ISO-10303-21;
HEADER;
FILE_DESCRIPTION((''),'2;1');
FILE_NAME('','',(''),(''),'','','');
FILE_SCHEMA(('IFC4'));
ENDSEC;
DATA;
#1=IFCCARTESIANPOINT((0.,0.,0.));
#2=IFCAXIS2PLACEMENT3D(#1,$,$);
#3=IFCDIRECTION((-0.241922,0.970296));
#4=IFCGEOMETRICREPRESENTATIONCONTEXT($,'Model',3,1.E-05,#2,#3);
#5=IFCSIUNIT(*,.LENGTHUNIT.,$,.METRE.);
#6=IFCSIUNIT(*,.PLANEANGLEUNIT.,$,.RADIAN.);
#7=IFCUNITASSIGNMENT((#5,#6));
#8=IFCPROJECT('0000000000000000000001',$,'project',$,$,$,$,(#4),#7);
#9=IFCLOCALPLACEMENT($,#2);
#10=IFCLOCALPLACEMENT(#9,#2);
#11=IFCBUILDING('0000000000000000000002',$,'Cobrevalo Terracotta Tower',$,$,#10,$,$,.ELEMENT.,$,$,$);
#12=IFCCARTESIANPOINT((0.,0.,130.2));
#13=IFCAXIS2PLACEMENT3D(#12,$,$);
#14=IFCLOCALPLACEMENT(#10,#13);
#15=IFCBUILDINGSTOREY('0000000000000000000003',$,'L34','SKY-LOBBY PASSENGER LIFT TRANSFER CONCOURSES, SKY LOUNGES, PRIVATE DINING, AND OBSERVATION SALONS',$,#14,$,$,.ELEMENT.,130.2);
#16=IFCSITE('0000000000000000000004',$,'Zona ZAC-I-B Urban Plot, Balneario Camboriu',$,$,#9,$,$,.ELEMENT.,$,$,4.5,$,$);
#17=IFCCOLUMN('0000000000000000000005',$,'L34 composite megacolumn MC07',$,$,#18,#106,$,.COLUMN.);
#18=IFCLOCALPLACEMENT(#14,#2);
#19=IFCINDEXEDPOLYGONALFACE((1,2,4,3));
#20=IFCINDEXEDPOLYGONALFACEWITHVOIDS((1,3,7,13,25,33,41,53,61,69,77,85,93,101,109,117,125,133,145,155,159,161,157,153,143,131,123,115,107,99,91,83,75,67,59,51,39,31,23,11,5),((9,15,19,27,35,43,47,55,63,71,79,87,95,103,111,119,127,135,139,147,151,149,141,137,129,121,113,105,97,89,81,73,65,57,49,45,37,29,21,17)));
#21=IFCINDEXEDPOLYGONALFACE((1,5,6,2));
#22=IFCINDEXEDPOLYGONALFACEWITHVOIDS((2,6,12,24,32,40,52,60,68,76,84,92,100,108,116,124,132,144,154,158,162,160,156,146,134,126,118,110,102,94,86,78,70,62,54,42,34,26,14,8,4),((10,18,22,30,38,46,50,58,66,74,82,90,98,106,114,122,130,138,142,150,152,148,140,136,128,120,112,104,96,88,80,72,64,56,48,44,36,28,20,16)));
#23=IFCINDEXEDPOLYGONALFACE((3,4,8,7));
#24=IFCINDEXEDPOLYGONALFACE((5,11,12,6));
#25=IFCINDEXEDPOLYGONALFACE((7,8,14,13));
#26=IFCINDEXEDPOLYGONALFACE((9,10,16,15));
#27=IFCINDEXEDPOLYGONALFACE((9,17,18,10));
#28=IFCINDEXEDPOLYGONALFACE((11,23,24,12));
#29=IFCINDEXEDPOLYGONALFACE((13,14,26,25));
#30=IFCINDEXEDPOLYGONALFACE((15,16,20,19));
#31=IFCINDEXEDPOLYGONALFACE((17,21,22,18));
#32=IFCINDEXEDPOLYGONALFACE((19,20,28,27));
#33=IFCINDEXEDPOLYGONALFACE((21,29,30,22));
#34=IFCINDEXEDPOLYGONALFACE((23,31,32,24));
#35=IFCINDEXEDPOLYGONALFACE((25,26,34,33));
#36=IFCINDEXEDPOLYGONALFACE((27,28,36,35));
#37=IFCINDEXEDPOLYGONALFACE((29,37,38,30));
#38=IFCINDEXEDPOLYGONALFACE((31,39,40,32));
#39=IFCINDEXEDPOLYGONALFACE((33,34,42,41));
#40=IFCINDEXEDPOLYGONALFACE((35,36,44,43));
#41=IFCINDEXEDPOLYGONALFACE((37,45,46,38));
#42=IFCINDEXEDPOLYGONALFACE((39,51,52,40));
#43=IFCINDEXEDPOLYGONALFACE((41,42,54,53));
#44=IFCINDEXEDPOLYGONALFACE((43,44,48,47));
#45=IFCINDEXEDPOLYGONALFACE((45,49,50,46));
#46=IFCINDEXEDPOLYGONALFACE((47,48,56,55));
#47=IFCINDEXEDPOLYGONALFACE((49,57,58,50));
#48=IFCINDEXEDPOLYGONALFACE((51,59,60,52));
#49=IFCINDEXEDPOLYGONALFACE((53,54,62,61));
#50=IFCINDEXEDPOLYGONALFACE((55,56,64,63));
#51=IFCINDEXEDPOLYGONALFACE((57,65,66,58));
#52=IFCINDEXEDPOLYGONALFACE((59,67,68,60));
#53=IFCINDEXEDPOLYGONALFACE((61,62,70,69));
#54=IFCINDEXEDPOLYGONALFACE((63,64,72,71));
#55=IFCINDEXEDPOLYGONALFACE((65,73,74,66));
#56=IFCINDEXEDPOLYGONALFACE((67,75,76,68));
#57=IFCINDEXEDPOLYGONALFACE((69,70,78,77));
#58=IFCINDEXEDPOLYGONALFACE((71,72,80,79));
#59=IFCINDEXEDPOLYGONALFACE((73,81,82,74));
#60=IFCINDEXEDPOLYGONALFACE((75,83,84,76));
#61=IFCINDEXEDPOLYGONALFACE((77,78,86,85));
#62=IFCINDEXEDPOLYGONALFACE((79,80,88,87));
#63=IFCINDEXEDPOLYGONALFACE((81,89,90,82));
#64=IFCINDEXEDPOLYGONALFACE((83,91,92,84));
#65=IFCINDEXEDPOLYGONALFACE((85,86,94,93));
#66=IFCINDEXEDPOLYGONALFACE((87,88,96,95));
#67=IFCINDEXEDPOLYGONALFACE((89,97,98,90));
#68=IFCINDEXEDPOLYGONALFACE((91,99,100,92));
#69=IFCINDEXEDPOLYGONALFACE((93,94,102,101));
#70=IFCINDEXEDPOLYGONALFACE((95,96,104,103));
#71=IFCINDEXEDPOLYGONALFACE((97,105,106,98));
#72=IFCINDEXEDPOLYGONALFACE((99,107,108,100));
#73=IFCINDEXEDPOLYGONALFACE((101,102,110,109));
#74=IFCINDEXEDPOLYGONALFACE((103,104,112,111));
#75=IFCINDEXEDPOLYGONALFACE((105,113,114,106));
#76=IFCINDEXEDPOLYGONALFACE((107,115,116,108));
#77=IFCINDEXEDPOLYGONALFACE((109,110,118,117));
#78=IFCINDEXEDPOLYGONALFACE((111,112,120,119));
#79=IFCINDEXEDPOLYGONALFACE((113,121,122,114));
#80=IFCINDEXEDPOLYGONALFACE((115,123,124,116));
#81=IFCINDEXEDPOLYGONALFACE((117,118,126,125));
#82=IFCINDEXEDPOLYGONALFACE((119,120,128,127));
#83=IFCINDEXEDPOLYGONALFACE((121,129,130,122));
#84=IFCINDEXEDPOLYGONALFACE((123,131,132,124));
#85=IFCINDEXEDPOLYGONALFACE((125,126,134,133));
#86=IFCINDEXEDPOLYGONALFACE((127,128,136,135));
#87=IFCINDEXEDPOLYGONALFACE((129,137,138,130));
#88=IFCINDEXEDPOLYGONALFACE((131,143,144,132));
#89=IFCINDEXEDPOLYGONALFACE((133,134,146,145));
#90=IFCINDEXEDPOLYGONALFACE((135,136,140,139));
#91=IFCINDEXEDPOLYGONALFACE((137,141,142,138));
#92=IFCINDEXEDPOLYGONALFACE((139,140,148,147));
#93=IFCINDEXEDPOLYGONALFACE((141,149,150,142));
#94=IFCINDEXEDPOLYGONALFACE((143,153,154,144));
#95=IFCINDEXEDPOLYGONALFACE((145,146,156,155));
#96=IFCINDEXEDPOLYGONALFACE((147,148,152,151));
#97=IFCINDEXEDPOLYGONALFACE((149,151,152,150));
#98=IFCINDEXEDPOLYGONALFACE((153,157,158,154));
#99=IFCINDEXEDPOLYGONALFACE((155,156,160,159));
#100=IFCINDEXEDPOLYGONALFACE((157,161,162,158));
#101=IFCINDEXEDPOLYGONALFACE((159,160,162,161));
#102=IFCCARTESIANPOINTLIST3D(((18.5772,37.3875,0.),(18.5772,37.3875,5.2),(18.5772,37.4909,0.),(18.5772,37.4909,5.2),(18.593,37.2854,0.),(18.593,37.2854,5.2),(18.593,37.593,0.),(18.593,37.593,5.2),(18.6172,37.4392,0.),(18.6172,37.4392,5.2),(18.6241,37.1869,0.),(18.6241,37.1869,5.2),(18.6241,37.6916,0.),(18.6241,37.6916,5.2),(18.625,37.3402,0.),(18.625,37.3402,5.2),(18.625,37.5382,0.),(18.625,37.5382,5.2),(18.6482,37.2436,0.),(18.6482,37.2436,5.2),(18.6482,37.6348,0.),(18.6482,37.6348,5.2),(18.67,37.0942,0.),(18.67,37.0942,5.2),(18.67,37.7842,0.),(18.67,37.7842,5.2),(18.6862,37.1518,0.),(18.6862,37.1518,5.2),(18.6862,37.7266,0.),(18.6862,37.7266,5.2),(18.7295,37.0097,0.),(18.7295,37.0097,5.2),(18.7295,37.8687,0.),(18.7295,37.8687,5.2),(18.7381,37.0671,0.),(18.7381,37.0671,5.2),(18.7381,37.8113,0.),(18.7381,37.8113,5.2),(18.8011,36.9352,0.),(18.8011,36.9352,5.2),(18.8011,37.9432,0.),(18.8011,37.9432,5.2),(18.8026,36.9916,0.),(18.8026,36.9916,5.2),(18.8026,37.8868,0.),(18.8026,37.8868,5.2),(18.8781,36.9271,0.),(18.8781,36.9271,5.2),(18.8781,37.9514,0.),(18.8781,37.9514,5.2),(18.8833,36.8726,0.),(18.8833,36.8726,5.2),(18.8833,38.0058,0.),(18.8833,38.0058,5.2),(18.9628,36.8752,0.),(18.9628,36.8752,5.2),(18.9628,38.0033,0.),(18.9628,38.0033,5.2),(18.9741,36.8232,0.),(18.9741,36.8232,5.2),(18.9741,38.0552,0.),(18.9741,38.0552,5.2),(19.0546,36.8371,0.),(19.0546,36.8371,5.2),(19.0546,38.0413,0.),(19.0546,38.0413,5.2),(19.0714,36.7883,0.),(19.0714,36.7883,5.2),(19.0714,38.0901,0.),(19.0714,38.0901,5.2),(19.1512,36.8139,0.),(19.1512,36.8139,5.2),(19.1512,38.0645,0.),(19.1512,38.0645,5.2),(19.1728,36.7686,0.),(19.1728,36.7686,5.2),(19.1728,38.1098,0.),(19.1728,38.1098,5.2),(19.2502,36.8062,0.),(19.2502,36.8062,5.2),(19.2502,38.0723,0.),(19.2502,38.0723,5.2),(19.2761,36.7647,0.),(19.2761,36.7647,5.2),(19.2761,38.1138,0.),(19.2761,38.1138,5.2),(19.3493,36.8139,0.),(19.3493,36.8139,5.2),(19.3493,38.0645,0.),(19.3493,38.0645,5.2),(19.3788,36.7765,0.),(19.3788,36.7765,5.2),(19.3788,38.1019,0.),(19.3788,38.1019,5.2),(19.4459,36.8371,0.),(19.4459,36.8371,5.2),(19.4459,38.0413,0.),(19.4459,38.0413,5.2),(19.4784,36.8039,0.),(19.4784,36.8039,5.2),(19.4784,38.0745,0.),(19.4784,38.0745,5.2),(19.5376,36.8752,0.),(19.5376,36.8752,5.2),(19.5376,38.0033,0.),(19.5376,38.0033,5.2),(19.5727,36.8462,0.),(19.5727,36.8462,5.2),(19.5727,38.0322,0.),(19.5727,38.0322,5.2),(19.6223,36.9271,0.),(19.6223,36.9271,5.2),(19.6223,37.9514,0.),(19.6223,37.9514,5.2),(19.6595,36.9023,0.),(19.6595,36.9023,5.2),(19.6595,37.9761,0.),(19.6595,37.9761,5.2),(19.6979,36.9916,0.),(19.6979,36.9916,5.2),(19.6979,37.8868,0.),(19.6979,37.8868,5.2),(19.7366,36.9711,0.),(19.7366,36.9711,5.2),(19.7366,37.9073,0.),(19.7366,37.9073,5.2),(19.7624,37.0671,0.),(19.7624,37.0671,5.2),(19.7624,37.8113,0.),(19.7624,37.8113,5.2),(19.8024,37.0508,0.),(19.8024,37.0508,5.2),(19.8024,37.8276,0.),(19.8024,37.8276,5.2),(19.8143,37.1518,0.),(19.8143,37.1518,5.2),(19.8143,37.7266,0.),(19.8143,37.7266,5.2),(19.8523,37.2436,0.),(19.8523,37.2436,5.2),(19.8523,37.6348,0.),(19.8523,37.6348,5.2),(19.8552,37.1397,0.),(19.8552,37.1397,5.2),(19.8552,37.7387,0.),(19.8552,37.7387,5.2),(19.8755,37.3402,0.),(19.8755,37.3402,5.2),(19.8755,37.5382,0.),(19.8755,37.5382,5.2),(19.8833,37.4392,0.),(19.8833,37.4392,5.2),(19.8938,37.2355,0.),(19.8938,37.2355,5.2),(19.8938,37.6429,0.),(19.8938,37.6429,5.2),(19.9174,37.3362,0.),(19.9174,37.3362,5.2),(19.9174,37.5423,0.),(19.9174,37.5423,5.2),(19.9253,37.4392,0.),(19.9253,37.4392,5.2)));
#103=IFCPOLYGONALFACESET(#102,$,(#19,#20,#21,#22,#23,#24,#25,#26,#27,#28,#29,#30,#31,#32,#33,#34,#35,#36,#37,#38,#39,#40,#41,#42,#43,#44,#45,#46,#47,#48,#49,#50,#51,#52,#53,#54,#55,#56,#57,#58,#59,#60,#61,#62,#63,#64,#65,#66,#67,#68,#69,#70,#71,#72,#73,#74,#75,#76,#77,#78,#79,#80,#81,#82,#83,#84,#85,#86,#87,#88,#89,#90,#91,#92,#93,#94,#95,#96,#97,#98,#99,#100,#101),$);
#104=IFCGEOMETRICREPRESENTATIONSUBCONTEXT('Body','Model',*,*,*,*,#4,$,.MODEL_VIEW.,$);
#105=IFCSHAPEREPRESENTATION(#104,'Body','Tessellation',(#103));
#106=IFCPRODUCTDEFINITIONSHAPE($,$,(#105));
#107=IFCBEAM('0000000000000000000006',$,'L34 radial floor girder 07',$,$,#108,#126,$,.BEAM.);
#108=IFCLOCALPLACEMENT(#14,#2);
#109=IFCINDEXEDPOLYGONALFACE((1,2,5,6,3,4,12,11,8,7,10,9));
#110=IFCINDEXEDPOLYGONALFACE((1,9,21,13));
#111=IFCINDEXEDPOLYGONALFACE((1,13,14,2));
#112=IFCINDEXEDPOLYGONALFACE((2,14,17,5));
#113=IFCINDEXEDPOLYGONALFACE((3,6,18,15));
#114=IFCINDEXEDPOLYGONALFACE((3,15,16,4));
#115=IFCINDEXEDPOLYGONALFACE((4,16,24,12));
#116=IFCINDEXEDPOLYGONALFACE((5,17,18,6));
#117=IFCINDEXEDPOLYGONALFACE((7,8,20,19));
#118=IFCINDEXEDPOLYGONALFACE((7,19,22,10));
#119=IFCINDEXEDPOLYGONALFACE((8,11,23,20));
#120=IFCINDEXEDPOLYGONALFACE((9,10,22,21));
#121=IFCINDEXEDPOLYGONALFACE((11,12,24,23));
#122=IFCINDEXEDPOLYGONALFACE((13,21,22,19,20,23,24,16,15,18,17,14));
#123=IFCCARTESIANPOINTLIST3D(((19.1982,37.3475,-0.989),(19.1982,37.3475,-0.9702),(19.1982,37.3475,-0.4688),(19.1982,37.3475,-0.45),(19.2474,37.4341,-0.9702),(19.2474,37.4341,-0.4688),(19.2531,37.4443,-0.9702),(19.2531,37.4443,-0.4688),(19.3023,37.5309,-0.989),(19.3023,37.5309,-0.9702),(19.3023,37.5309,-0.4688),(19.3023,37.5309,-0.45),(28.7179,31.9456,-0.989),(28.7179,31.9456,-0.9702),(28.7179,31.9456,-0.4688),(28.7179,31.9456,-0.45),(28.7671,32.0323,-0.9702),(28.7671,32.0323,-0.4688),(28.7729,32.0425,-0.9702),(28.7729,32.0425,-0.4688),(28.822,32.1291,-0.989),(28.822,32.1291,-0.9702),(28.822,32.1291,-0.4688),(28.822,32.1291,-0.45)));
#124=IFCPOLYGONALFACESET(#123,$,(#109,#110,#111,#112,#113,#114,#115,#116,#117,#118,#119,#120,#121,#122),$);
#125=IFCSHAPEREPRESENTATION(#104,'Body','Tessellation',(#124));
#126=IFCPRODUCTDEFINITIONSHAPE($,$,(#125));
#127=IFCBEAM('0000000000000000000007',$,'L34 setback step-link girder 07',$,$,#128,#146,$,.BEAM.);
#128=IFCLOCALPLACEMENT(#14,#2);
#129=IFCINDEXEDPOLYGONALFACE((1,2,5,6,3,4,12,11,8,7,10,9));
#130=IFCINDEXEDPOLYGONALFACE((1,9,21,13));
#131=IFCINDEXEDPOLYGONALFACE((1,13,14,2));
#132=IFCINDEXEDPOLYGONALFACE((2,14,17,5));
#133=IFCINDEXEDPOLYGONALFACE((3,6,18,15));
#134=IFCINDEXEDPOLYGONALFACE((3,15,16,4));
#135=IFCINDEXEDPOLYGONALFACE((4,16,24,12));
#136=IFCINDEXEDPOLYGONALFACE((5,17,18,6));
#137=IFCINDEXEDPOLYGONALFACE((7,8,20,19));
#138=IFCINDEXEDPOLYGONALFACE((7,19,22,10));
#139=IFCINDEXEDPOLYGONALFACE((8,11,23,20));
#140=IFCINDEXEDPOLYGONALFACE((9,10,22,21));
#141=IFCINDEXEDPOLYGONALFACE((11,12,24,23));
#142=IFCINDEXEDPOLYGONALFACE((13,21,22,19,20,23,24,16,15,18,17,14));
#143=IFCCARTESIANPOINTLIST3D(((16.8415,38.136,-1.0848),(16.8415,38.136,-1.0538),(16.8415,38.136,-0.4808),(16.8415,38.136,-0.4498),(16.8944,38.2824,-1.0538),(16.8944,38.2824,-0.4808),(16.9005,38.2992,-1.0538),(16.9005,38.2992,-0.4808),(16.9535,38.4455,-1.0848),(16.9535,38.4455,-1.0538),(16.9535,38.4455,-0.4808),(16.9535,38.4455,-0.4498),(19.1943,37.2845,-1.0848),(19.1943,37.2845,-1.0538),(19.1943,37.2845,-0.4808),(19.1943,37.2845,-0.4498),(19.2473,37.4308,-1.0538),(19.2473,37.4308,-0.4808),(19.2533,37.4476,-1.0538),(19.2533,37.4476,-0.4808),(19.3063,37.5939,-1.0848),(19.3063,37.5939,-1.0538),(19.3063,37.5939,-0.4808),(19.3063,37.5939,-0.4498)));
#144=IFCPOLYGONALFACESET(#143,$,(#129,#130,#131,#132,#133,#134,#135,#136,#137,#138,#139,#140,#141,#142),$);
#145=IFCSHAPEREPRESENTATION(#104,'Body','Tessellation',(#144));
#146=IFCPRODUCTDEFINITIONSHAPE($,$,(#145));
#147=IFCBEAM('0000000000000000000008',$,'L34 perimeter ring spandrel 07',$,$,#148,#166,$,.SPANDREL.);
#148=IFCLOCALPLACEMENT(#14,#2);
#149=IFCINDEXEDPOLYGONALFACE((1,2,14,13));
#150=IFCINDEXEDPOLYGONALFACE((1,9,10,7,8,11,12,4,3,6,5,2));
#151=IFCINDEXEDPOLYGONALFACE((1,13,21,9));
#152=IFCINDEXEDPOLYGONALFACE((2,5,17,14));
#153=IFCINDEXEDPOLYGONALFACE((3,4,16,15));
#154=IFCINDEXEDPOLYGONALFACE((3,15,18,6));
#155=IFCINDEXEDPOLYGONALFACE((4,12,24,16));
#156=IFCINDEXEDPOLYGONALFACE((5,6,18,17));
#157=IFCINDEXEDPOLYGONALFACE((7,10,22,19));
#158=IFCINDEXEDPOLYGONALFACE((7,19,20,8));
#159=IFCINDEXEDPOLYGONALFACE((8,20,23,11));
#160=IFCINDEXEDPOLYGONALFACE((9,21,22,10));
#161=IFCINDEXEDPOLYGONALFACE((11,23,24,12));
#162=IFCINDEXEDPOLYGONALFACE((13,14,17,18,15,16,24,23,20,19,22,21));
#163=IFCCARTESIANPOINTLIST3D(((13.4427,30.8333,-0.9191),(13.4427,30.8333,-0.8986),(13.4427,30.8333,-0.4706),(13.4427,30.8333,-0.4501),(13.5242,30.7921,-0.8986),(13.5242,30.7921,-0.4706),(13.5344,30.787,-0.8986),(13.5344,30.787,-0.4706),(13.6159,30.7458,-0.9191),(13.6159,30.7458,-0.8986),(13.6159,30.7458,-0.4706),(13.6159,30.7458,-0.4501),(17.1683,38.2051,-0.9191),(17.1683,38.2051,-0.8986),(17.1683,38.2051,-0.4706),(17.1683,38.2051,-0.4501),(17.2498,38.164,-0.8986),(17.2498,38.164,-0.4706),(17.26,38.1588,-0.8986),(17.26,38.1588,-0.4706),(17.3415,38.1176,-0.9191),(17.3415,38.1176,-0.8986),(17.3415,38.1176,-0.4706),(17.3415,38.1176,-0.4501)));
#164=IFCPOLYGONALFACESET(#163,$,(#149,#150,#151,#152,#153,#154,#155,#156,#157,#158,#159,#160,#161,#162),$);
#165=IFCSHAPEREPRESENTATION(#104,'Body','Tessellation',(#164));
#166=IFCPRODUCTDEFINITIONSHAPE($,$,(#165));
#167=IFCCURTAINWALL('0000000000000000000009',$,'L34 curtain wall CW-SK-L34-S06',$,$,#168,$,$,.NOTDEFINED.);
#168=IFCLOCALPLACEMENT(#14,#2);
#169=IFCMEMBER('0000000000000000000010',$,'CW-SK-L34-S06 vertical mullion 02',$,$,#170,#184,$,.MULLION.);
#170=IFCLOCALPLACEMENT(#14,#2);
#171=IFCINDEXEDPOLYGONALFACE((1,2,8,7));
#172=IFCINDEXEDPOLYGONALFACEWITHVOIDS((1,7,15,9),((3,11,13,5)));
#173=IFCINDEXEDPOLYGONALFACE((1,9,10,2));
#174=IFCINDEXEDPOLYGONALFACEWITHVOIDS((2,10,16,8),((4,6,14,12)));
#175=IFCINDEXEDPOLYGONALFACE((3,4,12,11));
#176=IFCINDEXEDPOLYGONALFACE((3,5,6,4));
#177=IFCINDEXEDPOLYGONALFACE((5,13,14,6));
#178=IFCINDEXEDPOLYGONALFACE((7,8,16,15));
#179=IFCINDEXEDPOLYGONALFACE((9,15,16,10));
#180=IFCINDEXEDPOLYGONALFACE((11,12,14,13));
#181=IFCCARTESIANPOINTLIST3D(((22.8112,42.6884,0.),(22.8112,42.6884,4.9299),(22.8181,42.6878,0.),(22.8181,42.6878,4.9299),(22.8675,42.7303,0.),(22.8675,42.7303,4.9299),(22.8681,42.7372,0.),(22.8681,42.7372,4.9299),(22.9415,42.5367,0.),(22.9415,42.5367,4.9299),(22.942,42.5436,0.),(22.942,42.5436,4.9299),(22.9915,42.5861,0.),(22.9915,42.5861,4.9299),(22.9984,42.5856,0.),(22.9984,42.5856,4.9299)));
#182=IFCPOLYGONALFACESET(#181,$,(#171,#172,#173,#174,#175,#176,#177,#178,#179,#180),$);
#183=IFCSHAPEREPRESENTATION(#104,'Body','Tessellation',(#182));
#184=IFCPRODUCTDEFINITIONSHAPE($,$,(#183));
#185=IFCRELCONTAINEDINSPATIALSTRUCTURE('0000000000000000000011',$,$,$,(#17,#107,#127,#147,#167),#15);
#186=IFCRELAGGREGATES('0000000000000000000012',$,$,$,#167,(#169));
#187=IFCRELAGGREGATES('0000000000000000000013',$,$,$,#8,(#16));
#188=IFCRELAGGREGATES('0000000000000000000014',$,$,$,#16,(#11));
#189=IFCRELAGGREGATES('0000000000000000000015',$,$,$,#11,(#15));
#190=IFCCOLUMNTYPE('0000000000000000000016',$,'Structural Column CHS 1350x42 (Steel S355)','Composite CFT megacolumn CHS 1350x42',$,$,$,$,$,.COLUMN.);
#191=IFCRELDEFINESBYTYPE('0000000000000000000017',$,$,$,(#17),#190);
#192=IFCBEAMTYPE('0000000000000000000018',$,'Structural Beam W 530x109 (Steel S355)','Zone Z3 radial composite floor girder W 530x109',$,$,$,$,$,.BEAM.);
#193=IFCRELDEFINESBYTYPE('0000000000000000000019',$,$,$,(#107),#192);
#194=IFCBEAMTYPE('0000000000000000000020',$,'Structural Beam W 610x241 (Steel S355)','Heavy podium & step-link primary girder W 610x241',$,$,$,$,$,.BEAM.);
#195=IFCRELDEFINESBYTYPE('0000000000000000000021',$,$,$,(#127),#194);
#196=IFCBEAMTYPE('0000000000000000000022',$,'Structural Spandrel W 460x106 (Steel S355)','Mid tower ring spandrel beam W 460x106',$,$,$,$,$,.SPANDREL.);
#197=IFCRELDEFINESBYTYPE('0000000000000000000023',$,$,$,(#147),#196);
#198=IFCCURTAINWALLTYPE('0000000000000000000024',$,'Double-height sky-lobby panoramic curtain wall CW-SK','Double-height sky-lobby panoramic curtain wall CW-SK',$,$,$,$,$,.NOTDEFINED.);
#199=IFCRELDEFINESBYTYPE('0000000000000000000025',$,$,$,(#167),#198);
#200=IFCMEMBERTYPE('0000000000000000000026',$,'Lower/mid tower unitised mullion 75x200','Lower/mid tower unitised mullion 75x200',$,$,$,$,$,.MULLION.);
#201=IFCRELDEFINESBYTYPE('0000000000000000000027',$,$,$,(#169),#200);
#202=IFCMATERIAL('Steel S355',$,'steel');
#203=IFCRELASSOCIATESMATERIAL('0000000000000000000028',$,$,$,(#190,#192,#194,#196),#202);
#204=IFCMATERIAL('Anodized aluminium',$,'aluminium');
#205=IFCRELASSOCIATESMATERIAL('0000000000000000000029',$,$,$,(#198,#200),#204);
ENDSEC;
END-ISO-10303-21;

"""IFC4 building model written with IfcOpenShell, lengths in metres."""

from ifc_helpers import new_model, si_unit, direction, frame, origin, origin_2d, place, context, subcontext, project, spatial, hollow_rectangle, hollow_circle, i_section, extrude, source, transform, mapped, material, material_profile, profile_set, type_object, element, aggregate, save


model = new_model("IFC4")

# Units and contexts
model_context = context("Model", 3, precision=1e-05, world=origin(), true_north=direction((-0.241922, 0.970296)))
body_context = subcontext(model_context, "Body", "Model", "MODEL_VIEW")
ifc_project = project(units=[si_unit("LENGTHUNIT", "METRE"), si_unit("PLANEANGLEUNIT", "RADIAN")], contexts=[model_context])

# Site, building, storey
site_placement = place(None, origin())
site = spatial("IfcSite", under=ifc_project, at=site_placement, Name="Zona ZAC-I-B Urban Plot, Balneario Camboriu", CompositionType="ELEMENT", RefElevation=4.5)
building_placement = place(site_placement, origin())
building = spatial("IfcBuilding", under=site, at=building_placement, Name="Cobrevalo Terracotta Tower", CompositionType="ELEMENT")
storey_placement = place(building_placement, frame((0.0, 0.0, 130.2)))
storey = spatial("IfcBuildingStorey", under=building, at=storey_placement, Name="L34", Description="SKY-LOBBY PASSENGER LIFT TRANSFER CONCOURSES, SKY LOUNGES, PRIVATE DINING, AND OBSERVATION SALONS", CompositionType="ELEMENT", Elevation=130.2)

# Column
ifc_material_1 = material(Name="Steel S355", Category="steel")
ifc_material_profile_1 = material_profile(ifc_material_1, hollow_circle(Radius=0.675, WallThickness=0.042, at=origin_2d()), Name="CHS 1350x42")
ifc_profile_set_1 = profile_set([ifc_material_profile_1], Name="Steel S355")
column_type = type_object("IfcColumnType", Name="Structural Column CHS 1350x42 (Steel S355)", Description="Composite CFT megacolumn CHS 1350x42", PredefinedType="COLUMN", material=ifc_profile_set_1)
column_placement = place(storey_placement, frame((19.2502, 37.4392, 0.0), z_axis=(0.0, 0.0, 1.0), x_axis=(1.0, 0.0, 0.0)))
element("IfcColumn", 1, at=column_placement, inside=storey, type_object=column_type, Name="L34 composite megacolumn MC07", PredefinedType="COLUMN", context=body_context, shape_type="SweptSolid", body=[
    extrude(hollow_circle(Radius=0.675, WallThickness=0.042, at=origin_2d()), origin(), (0.0, 0.0, 1.0), 5.2),
])

# Beams
ifc_material_profile_2 = material_profile(ifc_material_1, i_section(OverallWidth=0.2109, OverallDepth=0.5391, WebThickness=0.0117, FlangeThickness=0.0188, at=origin_2d()), Name="W 530x109")
ifc_profile_set_2 = profile_set([ifc_material_profile_2], Name="Steel S355")
beam_type_1 = type_object("IfcBeamType", Name="Structural Beam W 530x109 (Steel S355)", Description="Zone Z3 radial composite floor girder W 530x109", PredefinedType="BEAM", material=ifc_profile_set_2)
beam_1_placement = place(storey_placement, frame((19.2502, 37.4392, -0.7195), z_axis=(0.869735, -0.493518, 0.0), x_axis=(0.493518, 0.869735, 0.0)))
element("IfcBeam", 2, at=beam_1_placement, inside=storey, type_object=beam_type_1, Name="L34 radial floor girder 07", PredefinedType="BEAM", context=body_context, shape_type="SweptSolid", body=[
    extrude(i_section(OverallWidth=0.2109, OverallDepth=0.5391, WebThickness=0.0117, FlangeThickness=0.0188, at=origin_2d()), origin(), (0.0, 0.0, 1.0), 10.9456),
])
ifc_material_profile_3 = material_profile(ifc_material_1, i_section(OverallWidth=0.3291, OverallDepth=0.635, WebThickness=0.0178, FlangeThickness=0.031, at=origin_2d()), Name="W 610x241")
ifc_profile_set_3 = profile_set([ifc_material_profile_3], Name="Steel S355")
beam_type_2 = type_object("IfcBeamType", Name="Structural Beam W 610x241 (Steel S355)", Description="Heavy podium & step-link primary girder W 610x241", PredefinedType="BEAM", material=ifc_profile_set_3)
beam_2_placement = place(storey_placement, frame((16.8975, 38.2908, -0.7673), z_axis=(0.940305, -0.340333, 0.0), x_axis=(0.340333, 0.940305, 0.0)))
element("IfcBeam", 3, at=beam_2_placement, inside=storey, type_object=beam_type_2, Name="L34 setback step-link girder 07", PredefinedType="BEAM", context=body_context, shape_type="SweptSolid", body=[
    extrude(i_section(OverallWidth=0.3291, OverallDepth=0.635, WebThickness=0.0178, FlangeThickness=0.031, at=origin_2d()), origin(), (0.0, 0.0, 1.0), 2.5022),
])
ifc_material_profile_4 = material_profile(ifc_material_1, i_section(OverallWidth=0.1941, OverallDepth=0.469, WebThickness=0.0115, FlangeThickness=0.0205, at=origin_2d()), Name="W 460x106")
ifc_profile_set_4 = profile_set([ifc_material_profile_4], Name="Steel S355")
beam_type_3 = type_object("IfcBeamType", Name="Structural Spandrel W 460x106 (Steel S355)", Description="Mid tower ring spandrel beam W 460x106", PredefinedType="SPANDREL", material=ifc_profile_set_4)
beam_3_placement = place(storey_placement, frame((17.2549, 38.1614, -0.6846), z_axis=(-0.451052, -0.892498, 0.0), x_axis=(0.892498, -0.451052, 0.0)))
element("IfcBeam", 4, at=beam_3_placement, inside=storey, type_object=beam_type_3, Name="L34 perimeter ring spandrel 07", PredefinedType="SPANDREL", context=body_context, shape_type="SweptSolid", body=[
    extrude(i_section(OverallWidth=0.1941, OverallDepth=0.469, WebThickness=0.0115, FlangeThickness=0.0205, at=origin_2d()), origin(), (0.0, 0.0, 1.0), 8.2598),
])

# Curtain wall, member
ifc_material_2 = material(Name="Anodized aluminium", Category="aluminium")
curtain_wall_type = type_object("IfcCurtainWallType", Name="Double-height sky-lobby panoramic curtain wall CW-SK", Description="Double-height sky-lobby panoramic curtain wall CW-SK", PredefinedType="NOTDEFINED", material=ifc_material_2)
curtain_wall_1_placement = place(storey_placement, origin())
curtain_wall_1 = element("IfcCurtainWall", 5, at=curtain_wall_1_placement, inside=storey, type_object=curtain_wall_type, Name="L34 curtain wall CW-SK-L34-S06", PredefinedType="NOTDEFINED")
ifc_material_profile_5 = material_profile(ifc_material_2, hollow_rectangle(XDim=0.075, YDim=0.2, WallThickness=0.0049, at=origin_2d()), Name="CWM 75x200")
ifc_profile_set_5 = profile_set([ifc_material_profile_5], Name="Anodized aluminium")
member_type_1 = type_object("IfcMemberType", Name="Lower/mid tower unitised mullion 75x200", Description="Lower/mid tower unitised mullion 75x200", PredefinedType="MULLION", material=ifc_profile_set_5)
shared_shape_1 = source(origin(), body_context, "Body", "SweptSolid", [
    extrude(hollow_rectangle(XDim=0.075, YDim=0.2, WallThickness=0.0049, at=origin_2d()), origin(), (0.0, 0.0, 1.0), 4.9299),
])
member_1_placement = place(storey_placement, frame((22.9048, 42.637, 0.0), z_axis=(0.0, 0.0, 1.0), x_axis=(-0.758442, -0.651741, 0.0)))
member_1 = element("IfcMember", 6, at=member_1_placement, type_object=member_type_1, Name="CW-SK-L34-S06 vertical mullion 02", PredefinedType="MULLION", context=body_context, shape_type="MappedRepresentation", body=[
    mapped(shared_shape_1, transform((0.0, 0.0, 0.0), scale=1.0)),
])

aggregate(curtain_wall_1, [member_1])

save(model, "model.ifc")
